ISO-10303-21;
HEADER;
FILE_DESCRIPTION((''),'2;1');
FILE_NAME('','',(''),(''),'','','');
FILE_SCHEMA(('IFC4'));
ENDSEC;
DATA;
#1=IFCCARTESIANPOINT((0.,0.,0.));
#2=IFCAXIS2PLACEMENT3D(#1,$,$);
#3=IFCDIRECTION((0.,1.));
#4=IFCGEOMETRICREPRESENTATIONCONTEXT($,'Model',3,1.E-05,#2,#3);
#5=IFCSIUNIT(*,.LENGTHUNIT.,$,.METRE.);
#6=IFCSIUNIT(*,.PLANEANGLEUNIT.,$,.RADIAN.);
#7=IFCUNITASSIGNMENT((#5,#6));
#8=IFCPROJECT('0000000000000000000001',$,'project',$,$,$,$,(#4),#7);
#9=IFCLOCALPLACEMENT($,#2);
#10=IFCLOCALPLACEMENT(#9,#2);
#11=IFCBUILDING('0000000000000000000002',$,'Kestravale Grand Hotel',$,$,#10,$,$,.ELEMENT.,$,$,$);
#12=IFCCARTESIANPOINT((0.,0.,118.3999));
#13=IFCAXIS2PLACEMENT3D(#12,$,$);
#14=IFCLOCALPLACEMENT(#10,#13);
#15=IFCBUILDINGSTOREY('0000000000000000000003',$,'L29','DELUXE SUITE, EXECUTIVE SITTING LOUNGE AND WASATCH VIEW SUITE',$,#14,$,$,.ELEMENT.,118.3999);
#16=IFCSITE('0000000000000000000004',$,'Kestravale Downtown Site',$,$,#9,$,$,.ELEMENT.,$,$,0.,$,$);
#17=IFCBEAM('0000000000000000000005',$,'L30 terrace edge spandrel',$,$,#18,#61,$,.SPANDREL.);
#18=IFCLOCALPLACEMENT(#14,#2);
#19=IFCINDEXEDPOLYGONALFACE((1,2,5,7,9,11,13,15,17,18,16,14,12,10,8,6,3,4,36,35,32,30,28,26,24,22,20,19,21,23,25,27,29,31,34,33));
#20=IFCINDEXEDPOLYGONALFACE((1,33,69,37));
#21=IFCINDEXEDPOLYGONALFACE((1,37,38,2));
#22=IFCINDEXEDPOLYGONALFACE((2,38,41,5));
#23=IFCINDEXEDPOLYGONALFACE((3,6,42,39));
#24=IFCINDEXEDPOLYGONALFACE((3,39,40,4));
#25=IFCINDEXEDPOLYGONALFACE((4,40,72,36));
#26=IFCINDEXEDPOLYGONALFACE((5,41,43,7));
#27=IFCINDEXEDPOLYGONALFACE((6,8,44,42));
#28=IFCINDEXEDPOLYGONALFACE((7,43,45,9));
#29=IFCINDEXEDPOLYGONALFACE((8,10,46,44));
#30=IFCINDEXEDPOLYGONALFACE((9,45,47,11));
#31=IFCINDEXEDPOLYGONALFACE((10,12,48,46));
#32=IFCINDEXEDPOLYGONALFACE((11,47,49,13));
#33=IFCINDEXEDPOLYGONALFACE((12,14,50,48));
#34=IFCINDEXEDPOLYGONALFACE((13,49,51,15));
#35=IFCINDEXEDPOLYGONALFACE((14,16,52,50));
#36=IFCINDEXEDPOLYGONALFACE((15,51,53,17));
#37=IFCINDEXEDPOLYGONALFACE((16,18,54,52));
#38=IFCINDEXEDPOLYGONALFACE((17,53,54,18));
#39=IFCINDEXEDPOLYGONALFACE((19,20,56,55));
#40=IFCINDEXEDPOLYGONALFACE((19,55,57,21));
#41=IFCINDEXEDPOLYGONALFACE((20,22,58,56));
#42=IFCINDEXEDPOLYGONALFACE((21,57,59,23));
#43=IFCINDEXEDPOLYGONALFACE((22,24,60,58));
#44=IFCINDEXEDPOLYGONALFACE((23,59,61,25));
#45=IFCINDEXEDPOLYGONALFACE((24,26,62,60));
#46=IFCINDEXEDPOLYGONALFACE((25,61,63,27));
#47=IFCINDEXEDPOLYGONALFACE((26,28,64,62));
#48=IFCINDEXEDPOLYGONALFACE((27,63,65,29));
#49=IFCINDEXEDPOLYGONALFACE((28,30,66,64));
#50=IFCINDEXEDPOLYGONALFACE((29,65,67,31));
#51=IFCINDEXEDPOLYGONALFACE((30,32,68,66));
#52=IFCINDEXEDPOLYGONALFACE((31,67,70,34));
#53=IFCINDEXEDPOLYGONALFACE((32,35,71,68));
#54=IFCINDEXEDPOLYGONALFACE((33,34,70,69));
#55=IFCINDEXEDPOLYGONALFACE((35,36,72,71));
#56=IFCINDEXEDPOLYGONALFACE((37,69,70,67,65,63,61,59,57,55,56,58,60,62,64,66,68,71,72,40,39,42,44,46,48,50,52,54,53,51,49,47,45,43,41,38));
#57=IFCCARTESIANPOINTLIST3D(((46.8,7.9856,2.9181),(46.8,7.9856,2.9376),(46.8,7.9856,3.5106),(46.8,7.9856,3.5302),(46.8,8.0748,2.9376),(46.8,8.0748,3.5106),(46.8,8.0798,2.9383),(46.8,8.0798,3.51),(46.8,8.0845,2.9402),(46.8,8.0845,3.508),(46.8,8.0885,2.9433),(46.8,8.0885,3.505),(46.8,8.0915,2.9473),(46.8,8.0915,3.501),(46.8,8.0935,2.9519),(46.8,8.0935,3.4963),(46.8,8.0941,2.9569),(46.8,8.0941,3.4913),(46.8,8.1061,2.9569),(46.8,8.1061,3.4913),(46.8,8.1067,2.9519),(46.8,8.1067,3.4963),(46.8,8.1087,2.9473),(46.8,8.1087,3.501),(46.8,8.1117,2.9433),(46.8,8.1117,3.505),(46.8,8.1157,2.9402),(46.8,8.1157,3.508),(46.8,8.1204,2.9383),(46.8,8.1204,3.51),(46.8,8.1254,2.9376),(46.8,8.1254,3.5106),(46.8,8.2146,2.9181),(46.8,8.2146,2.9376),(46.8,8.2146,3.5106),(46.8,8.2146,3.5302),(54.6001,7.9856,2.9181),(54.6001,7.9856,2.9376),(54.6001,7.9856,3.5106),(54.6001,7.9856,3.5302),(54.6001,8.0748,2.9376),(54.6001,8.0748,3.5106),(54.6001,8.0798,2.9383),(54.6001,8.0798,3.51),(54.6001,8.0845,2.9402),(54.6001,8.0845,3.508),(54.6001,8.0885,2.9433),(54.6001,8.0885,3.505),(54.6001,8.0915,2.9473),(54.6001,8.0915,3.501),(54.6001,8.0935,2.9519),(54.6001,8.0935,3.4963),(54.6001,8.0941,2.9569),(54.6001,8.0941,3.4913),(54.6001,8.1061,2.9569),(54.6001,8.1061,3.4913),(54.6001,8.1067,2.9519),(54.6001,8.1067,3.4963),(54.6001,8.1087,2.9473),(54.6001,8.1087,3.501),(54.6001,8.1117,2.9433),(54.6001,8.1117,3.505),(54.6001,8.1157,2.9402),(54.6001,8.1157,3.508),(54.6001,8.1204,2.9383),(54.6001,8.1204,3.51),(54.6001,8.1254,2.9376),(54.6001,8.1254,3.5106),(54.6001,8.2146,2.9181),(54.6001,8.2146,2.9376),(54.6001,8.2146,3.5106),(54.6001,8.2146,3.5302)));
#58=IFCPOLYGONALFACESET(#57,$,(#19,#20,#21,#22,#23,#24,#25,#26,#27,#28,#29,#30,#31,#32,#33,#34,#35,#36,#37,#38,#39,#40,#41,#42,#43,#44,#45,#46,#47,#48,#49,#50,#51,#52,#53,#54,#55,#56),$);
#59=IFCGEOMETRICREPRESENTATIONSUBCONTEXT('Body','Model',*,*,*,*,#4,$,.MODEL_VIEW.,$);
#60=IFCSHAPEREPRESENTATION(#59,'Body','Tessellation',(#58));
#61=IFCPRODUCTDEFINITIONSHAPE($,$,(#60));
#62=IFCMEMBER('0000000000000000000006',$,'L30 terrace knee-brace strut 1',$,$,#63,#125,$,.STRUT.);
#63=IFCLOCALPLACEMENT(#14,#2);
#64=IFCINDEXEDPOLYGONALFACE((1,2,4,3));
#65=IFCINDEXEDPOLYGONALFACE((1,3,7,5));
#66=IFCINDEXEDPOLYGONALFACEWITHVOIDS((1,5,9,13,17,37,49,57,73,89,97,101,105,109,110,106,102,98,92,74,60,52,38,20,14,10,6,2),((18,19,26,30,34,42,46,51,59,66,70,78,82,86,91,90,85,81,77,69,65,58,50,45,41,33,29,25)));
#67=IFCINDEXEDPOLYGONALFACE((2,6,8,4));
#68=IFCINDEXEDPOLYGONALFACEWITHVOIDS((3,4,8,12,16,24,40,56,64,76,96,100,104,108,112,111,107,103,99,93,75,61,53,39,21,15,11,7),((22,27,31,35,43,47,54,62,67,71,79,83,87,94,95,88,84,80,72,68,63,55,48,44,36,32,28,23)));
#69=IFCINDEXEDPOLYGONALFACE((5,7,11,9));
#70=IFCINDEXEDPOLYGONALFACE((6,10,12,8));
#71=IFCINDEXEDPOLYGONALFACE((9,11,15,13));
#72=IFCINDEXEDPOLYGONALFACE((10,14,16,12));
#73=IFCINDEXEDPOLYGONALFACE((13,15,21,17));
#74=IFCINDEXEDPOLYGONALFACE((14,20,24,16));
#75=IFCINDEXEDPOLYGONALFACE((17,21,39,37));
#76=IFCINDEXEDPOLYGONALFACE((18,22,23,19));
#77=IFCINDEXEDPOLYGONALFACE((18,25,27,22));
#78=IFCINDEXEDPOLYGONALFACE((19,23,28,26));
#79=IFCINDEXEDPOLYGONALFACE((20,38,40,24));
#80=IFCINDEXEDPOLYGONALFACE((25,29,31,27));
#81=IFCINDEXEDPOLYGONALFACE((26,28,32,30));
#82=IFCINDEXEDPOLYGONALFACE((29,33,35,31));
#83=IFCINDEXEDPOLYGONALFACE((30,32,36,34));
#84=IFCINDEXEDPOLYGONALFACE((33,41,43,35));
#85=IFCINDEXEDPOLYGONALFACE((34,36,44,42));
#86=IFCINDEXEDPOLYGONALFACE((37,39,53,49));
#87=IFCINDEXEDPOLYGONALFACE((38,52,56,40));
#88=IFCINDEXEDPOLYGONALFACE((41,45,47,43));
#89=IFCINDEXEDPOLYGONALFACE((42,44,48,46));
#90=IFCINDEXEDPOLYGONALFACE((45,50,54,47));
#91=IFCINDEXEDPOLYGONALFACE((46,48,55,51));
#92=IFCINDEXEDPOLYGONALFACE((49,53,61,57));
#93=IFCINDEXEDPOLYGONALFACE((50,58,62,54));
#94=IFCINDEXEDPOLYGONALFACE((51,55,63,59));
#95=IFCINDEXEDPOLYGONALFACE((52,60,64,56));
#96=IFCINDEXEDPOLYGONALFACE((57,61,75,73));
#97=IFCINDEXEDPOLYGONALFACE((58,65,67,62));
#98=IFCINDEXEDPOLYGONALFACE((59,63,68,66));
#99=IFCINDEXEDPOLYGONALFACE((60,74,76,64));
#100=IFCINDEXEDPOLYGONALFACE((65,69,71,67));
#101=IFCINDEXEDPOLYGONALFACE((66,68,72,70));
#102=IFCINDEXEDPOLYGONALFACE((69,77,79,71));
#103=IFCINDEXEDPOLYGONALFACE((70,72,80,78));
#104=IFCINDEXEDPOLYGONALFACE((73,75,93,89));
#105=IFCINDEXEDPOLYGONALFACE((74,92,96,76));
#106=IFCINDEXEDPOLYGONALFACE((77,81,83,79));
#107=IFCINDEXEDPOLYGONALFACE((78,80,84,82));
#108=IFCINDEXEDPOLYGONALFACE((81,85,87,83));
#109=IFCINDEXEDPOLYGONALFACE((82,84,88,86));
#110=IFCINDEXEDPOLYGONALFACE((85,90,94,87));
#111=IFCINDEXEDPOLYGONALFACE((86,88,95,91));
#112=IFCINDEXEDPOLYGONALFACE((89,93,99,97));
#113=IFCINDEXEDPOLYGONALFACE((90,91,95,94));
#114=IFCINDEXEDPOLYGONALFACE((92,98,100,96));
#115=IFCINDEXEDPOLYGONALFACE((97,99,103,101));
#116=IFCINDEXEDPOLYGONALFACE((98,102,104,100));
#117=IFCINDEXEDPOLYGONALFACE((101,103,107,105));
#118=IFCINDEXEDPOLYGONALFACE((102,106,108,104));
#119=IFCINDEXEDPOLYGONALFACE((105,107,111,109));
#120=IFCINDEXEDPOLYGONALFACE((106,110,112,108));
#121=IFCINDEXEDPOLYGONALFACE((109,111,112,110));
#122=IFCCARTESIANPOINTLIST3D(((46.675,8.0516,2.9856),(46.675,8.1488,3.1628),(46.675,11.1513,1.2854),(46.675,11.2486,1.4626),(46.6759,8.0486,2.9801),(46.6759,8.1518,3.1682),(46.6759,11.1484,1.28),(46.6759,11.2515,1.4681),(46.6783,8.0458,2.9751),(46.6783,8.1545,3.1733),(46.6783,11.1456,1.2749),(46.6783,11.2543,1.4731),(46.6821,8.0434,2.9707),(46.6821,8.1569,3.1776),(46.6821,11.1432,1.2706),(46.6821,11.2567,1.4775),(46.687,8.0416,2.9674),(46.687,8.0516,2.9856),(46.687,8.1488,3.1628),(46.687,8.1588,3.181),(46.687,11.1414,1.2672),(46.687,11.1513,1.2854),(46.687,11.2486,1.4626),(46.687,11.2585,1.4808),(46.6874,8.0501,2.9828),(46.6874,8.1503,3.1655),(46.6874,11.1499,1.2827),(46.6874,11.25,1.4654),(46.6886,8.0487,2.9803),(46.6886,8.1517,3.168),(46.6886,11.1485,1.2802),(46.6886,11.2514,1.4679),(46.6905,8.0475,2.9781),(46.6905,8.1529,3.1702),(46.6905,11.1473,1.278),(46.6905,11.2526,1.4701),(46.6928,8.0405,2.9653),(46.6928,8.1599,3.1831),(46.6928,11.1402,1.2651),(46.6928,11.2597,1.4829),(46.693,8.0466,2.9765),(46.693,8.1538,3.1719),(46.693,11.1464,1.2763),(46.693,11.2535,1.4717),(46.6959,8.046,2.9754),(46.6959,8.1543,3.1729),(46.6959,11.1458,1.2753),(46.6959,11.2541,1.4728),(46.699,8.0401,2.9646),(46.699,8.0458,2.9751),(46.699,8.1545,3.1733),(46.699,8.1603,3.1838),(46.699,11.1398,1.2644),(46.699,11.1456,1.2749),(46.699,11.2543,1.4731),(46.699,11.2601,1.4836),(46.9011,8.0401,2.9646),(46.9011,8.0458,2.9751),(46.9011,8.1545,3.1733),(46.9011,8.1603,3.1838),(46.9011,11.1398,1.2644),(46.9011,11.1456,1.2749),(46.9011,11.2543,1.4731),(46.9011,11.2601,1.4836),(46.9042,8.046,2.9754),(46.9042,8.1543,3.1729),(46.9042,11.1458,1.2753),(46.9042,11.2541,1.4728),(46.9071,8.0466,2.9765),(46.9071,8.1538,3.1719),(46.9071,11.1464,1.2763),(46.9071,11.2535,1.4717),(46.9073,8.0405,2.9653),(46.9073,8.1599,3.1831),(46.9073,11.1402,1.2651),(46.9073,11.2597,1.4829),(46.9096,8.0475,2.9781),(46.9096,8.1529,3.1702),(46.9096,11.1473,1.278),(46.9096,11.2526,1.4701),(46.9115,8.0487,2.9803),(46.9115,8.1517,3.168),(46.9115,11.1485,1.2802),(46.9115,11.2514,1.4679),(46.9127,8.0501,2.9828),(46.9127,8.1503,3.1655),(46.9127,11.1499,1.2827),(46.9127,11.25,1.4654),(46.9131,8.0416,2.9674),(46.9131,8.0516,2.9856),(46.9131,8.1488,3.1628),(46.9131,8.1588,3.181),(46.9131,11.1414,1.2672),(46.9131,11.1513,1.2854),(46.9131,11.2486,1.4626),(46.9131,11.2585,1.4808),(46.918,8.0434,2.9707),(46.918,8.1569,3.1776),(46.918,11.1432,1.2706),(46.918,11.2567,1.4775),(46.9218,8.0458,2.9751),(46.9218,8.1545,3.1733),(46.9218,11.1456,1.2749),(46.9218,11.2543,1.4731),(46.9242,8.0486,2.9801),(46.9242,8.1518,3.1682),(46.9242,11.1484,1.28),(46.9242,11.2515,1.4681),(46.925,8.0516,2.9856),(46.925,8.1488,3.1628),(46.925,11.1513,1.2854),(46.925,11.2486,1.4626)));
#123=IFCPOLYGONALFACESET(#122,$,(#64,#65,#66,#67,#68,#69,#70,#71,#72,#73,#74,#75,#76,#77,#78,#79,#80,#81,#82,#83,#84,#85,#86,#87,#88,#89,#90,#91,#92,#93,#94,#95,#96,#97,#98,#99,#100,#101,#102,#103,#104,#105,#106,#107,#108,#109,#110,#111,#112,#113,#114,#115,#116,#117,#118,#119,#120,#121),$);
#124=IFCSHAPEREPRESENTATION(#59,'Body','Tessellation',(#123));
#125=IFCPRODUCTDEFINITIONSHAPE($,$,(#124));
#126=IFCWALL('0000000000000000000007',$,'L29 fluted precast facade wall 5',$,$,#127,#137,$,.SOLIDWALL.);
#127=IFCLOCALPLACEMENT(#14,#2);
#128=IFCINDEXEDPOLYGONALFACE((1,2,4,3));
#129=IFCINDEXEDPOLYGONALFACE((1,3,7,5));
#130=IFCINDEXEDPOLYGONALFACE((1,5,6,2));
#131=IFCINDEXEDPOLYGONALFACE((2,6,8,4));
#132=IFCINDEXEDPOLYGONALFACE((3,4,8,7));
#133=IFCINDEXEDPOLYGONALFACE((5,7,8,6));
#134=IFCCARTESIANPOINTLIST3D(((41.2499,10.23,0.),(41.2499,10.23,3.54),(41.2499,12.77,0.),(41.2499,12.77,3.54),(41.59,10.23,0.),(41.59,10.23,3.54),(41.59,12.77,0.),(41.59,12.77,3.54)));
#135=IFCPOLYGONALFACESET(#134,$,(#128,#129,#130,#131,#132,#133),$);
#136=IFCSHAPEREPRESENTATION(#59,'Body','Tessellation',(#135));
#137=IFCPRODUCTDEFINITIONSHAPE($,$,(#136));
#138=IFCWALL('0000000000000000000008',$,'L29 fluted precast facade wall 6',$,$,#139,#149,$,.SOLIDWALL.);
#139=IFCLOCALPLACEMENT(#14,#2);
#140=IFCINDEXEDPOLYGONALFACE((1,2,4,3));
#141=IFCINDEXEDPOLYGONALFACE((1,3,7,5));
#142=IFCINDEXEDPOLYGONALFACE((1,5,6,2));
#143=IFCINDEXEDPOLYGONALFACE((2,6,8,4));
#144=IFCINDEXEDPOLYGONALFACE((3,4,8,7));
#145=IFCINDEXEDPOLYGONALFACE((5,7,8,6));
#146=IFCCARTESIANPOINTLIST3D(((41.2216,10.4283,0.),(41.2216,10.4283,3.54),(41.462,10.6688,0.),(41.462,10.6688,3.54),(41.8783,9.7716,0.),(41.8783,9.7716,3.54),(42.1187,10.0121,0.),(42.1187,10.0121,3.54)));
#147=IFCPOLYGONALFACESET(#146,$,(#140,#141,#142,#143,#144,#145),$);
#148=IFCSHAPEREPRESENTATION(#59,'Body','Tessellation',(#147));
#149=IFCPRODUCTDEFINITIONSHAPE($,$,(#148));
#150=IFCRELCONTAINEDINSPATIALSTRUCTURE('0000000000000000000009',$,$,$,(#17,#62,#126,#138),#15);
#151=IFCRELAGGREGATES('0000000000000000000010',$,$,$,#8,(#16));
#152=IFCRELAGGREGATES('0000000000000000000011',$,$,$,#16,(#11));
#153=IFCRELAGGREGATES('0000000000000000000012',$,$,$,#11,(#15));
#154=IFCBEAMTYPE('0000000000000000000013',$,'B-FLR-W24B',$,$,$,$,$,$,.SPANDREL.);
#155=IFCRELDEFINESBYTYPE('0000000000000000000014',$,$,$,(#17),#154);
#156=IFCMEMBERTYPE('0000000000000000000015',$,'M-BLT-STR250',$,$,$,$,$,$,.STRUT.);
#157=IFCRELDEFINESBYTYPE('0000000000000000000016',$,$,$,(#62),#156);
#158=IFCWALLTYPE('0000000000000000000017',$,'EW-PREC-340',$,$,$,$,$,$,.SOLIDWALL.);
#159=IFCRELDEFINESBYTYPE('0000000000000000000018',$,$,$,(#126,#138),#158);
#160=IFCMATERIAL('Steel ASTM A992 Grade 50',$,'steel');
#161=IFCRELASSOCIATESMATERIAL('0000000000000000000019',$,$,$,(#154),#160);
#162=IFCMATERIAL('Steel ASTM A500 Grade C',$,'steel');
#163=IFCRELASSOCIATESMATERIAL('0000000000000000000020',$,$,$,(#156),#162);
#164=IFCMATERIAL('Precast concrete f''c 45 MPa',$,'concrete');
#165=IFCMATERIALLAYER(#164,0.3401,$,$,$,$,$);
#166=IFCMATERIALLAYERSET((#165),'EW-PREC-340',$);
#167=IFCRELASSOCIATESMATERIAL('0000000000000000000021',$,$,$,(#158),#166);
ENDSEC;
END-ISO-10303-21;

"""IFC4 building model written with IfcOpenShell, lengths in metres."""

from ifc_helpers import new_model, si_unit, direction, frame, frame_2d, origin, origin_2d, place, context, subcontext, project, spatial, rectangle, hollow_rectangle, i_section, extrude, material, layer, layer_set, material_profile, profile_set, type_object, element, save


model = new_model("IFC4")

# Units and contexts
model_context = context("Model", 3, precision=1e-05, world=origin(), true_north=direction((0.0, 1.0)))
body_context = subcontext(model_context, "Body", "Model", "MODEL_VIEW")
ifc_project = project(units=[si_unit("LENGTHUNIT", "METRE"), si_unit("PLANEANGLEUNIT", "RADIAN")], contexts=[model_context])

# Site, building, storey
site_placement = place(None, origin())
site = spatial("IfcSite", under=ifc_project, at=site_placement, Name="Kestravale Downtown Site", CompositionType="ELEMENT", RefElevation=0.0)
building_placement = place(site_placement, origin())
building = spatial("IfcBuilding", under=site, at=building_placement, Name="Kestravale Grand Hotel", CompositionType="ELEMENT")
storey_placement = place(building_placement, frame((0.0, 0.0, 118.3999)))
storey = spatial("IfcBuildingStorey", under=building, at=storey_placement, Name="L29", Description="DELUXE SUITE, EXECUTIVE SITTING LOUNGE AND WASATCH VIEW SUITE", CompositionType="ELEMENT", Elevation=118.3999)

# Beam
ifc_material_1 = material(Name="Steel ASTM A992 Grade 50", Category="steel")
ifc_material_profile_1 = material_profile(ifc_material_1, i_section(OverallWidth=0.229, OverallDepth=0.6121, WebThickness=0.012, FlangeThickness=0.0195, FilletRadius=0.0193, at=origin_2d()))
ifc_profile_set_1 = profile_set([ifc_material_profile_1], Name="Steel ASTM A992 Grade 50")
beam_type_1 = type_object("IfcBeamType", Name="B-FLR-W24B", PredefinedType="SPANDREL", material=ifc_profile_set_1)
beam_1_placement = place(storey_placement, frame((46.8, 8.1001, 3.2241), z_axis=(1.0, 0.0, 0.0), x_axis=(0.0, 1.0, 0.0)))
element("IfcBeam", 1, at=beam_1_placement, inside=storey, type_object=beam_type_1, Name="L30 terrace edge spandrel", PredefinedType="SPANDREL", context=body_context, shape_type="SweptSolid", body=[
    extrude(i_section(OverallWidth=0.229, OverallDepth=0.6121, WebThickness=0.012, FlangeThickness=0.0195, FilletRadius=0.0193, at=origin_2d()), origin(), (0.0, 0.0, 1.0), 7.8),
])

# Member
ifc_material_2 = material(Name="Steel ASTM A500 Grade C", Category="steel")
ifc_material_profile_2 = material_profile(ifc_material_2, hollow_rectangle(XDim=0.25, YDim=0.25, WallThickness=0.012, InnerFilletRadius=0.012, OuterFilletRadius=0.0239, at=origin_2d()))
ifc_profile_set_2 = profile_set([ifc_material_profile_2], Name="Steel ASTM A500 Grade C")
member_type = type_object("IfcMemberType", Name="M-BLT-STR250", PredefinedType="STRUT", material=ifc_profile_set_2)
member_placement = place(storey_placement, frame((46.8, 11.2, 1.374), z_axis=(0.0, -0.87678, 0.480893), x_axis=(1.0, 0.0, 0.0)))
element("IfcMember", 2, at=member_placement, inside=storey, type_object=member_type, Name="L30 terrace knee-brace strut 1", PredefinedType="STRUT", context=body_context, shape_type="SweptSolid", body=[
    extrude(hollow_rectangle(XDim=0.25, YDim=0.25, WallThickness=0.012, InnerFilletRadius=0.012, OuterFilletRadius=0.0239, at=origin_2d()), origin(), (0.0, 0.0, 1.0), 3.5354),
])

# Walls
ifc_material_3 = material(Name="Precast concrete f'c 45 MPa", Category="concrete")
ifc_layer_1 = layer(ifc_material_3, 0.3401)
ifc_layer_set_1 = layer_set([ifc_layer_1], Name="EW-PREC-340")
wall_type_1 = type_object("IfcWallType", Name="EW-PREC-340", PredefinedType="SOLIDWALL", material=ifc_layer_set_1)
wall_1_placement = place(storey_placement, frame((41.4199, 12.77, 0.0), z_axis=(0.0, 0.0, 1.0), x_axis=(0.0, -1.0, 0.0)))
element("IfcWall", 3, at=wall_1_placement, inside=storey, type_object=wall_type_1, Name="L29 fluted precast facade wall 5", PredefinedType="SOLIDWALL", context=body_context, shape_type="SweptSolid", body=[
    extrude(rectangle(XDim=2.54, YDim=0.3401, at=frame_2d((1.27, 0.0))), origin(), (0.0, 0.0, 1.0), 3.54),
])
wall_2_placement = place(storey_placement, frame((41.3418, 10.5486, 0.0), z_axis=(0.0, 0.0, 1.0), x_axis=(0.707107, -0.707107, 0.0)))
element("IfcWall", 4, at=wall_2_placement, inside=storey, type_object=wall_type_1, Name="L29 fluted precast facade wall 6", PredefinedType="SOLIDWALL", context=body_context, shape_type="SweptSolid", body=[
    extrude(rectangle(XDim=0.9287, YDim=0.3401, at=frame_2d((0.4644, 0.0))), origin(), (0.0, 0.0, 1.0), 3.54),
])

save(model, "model.ifc")
